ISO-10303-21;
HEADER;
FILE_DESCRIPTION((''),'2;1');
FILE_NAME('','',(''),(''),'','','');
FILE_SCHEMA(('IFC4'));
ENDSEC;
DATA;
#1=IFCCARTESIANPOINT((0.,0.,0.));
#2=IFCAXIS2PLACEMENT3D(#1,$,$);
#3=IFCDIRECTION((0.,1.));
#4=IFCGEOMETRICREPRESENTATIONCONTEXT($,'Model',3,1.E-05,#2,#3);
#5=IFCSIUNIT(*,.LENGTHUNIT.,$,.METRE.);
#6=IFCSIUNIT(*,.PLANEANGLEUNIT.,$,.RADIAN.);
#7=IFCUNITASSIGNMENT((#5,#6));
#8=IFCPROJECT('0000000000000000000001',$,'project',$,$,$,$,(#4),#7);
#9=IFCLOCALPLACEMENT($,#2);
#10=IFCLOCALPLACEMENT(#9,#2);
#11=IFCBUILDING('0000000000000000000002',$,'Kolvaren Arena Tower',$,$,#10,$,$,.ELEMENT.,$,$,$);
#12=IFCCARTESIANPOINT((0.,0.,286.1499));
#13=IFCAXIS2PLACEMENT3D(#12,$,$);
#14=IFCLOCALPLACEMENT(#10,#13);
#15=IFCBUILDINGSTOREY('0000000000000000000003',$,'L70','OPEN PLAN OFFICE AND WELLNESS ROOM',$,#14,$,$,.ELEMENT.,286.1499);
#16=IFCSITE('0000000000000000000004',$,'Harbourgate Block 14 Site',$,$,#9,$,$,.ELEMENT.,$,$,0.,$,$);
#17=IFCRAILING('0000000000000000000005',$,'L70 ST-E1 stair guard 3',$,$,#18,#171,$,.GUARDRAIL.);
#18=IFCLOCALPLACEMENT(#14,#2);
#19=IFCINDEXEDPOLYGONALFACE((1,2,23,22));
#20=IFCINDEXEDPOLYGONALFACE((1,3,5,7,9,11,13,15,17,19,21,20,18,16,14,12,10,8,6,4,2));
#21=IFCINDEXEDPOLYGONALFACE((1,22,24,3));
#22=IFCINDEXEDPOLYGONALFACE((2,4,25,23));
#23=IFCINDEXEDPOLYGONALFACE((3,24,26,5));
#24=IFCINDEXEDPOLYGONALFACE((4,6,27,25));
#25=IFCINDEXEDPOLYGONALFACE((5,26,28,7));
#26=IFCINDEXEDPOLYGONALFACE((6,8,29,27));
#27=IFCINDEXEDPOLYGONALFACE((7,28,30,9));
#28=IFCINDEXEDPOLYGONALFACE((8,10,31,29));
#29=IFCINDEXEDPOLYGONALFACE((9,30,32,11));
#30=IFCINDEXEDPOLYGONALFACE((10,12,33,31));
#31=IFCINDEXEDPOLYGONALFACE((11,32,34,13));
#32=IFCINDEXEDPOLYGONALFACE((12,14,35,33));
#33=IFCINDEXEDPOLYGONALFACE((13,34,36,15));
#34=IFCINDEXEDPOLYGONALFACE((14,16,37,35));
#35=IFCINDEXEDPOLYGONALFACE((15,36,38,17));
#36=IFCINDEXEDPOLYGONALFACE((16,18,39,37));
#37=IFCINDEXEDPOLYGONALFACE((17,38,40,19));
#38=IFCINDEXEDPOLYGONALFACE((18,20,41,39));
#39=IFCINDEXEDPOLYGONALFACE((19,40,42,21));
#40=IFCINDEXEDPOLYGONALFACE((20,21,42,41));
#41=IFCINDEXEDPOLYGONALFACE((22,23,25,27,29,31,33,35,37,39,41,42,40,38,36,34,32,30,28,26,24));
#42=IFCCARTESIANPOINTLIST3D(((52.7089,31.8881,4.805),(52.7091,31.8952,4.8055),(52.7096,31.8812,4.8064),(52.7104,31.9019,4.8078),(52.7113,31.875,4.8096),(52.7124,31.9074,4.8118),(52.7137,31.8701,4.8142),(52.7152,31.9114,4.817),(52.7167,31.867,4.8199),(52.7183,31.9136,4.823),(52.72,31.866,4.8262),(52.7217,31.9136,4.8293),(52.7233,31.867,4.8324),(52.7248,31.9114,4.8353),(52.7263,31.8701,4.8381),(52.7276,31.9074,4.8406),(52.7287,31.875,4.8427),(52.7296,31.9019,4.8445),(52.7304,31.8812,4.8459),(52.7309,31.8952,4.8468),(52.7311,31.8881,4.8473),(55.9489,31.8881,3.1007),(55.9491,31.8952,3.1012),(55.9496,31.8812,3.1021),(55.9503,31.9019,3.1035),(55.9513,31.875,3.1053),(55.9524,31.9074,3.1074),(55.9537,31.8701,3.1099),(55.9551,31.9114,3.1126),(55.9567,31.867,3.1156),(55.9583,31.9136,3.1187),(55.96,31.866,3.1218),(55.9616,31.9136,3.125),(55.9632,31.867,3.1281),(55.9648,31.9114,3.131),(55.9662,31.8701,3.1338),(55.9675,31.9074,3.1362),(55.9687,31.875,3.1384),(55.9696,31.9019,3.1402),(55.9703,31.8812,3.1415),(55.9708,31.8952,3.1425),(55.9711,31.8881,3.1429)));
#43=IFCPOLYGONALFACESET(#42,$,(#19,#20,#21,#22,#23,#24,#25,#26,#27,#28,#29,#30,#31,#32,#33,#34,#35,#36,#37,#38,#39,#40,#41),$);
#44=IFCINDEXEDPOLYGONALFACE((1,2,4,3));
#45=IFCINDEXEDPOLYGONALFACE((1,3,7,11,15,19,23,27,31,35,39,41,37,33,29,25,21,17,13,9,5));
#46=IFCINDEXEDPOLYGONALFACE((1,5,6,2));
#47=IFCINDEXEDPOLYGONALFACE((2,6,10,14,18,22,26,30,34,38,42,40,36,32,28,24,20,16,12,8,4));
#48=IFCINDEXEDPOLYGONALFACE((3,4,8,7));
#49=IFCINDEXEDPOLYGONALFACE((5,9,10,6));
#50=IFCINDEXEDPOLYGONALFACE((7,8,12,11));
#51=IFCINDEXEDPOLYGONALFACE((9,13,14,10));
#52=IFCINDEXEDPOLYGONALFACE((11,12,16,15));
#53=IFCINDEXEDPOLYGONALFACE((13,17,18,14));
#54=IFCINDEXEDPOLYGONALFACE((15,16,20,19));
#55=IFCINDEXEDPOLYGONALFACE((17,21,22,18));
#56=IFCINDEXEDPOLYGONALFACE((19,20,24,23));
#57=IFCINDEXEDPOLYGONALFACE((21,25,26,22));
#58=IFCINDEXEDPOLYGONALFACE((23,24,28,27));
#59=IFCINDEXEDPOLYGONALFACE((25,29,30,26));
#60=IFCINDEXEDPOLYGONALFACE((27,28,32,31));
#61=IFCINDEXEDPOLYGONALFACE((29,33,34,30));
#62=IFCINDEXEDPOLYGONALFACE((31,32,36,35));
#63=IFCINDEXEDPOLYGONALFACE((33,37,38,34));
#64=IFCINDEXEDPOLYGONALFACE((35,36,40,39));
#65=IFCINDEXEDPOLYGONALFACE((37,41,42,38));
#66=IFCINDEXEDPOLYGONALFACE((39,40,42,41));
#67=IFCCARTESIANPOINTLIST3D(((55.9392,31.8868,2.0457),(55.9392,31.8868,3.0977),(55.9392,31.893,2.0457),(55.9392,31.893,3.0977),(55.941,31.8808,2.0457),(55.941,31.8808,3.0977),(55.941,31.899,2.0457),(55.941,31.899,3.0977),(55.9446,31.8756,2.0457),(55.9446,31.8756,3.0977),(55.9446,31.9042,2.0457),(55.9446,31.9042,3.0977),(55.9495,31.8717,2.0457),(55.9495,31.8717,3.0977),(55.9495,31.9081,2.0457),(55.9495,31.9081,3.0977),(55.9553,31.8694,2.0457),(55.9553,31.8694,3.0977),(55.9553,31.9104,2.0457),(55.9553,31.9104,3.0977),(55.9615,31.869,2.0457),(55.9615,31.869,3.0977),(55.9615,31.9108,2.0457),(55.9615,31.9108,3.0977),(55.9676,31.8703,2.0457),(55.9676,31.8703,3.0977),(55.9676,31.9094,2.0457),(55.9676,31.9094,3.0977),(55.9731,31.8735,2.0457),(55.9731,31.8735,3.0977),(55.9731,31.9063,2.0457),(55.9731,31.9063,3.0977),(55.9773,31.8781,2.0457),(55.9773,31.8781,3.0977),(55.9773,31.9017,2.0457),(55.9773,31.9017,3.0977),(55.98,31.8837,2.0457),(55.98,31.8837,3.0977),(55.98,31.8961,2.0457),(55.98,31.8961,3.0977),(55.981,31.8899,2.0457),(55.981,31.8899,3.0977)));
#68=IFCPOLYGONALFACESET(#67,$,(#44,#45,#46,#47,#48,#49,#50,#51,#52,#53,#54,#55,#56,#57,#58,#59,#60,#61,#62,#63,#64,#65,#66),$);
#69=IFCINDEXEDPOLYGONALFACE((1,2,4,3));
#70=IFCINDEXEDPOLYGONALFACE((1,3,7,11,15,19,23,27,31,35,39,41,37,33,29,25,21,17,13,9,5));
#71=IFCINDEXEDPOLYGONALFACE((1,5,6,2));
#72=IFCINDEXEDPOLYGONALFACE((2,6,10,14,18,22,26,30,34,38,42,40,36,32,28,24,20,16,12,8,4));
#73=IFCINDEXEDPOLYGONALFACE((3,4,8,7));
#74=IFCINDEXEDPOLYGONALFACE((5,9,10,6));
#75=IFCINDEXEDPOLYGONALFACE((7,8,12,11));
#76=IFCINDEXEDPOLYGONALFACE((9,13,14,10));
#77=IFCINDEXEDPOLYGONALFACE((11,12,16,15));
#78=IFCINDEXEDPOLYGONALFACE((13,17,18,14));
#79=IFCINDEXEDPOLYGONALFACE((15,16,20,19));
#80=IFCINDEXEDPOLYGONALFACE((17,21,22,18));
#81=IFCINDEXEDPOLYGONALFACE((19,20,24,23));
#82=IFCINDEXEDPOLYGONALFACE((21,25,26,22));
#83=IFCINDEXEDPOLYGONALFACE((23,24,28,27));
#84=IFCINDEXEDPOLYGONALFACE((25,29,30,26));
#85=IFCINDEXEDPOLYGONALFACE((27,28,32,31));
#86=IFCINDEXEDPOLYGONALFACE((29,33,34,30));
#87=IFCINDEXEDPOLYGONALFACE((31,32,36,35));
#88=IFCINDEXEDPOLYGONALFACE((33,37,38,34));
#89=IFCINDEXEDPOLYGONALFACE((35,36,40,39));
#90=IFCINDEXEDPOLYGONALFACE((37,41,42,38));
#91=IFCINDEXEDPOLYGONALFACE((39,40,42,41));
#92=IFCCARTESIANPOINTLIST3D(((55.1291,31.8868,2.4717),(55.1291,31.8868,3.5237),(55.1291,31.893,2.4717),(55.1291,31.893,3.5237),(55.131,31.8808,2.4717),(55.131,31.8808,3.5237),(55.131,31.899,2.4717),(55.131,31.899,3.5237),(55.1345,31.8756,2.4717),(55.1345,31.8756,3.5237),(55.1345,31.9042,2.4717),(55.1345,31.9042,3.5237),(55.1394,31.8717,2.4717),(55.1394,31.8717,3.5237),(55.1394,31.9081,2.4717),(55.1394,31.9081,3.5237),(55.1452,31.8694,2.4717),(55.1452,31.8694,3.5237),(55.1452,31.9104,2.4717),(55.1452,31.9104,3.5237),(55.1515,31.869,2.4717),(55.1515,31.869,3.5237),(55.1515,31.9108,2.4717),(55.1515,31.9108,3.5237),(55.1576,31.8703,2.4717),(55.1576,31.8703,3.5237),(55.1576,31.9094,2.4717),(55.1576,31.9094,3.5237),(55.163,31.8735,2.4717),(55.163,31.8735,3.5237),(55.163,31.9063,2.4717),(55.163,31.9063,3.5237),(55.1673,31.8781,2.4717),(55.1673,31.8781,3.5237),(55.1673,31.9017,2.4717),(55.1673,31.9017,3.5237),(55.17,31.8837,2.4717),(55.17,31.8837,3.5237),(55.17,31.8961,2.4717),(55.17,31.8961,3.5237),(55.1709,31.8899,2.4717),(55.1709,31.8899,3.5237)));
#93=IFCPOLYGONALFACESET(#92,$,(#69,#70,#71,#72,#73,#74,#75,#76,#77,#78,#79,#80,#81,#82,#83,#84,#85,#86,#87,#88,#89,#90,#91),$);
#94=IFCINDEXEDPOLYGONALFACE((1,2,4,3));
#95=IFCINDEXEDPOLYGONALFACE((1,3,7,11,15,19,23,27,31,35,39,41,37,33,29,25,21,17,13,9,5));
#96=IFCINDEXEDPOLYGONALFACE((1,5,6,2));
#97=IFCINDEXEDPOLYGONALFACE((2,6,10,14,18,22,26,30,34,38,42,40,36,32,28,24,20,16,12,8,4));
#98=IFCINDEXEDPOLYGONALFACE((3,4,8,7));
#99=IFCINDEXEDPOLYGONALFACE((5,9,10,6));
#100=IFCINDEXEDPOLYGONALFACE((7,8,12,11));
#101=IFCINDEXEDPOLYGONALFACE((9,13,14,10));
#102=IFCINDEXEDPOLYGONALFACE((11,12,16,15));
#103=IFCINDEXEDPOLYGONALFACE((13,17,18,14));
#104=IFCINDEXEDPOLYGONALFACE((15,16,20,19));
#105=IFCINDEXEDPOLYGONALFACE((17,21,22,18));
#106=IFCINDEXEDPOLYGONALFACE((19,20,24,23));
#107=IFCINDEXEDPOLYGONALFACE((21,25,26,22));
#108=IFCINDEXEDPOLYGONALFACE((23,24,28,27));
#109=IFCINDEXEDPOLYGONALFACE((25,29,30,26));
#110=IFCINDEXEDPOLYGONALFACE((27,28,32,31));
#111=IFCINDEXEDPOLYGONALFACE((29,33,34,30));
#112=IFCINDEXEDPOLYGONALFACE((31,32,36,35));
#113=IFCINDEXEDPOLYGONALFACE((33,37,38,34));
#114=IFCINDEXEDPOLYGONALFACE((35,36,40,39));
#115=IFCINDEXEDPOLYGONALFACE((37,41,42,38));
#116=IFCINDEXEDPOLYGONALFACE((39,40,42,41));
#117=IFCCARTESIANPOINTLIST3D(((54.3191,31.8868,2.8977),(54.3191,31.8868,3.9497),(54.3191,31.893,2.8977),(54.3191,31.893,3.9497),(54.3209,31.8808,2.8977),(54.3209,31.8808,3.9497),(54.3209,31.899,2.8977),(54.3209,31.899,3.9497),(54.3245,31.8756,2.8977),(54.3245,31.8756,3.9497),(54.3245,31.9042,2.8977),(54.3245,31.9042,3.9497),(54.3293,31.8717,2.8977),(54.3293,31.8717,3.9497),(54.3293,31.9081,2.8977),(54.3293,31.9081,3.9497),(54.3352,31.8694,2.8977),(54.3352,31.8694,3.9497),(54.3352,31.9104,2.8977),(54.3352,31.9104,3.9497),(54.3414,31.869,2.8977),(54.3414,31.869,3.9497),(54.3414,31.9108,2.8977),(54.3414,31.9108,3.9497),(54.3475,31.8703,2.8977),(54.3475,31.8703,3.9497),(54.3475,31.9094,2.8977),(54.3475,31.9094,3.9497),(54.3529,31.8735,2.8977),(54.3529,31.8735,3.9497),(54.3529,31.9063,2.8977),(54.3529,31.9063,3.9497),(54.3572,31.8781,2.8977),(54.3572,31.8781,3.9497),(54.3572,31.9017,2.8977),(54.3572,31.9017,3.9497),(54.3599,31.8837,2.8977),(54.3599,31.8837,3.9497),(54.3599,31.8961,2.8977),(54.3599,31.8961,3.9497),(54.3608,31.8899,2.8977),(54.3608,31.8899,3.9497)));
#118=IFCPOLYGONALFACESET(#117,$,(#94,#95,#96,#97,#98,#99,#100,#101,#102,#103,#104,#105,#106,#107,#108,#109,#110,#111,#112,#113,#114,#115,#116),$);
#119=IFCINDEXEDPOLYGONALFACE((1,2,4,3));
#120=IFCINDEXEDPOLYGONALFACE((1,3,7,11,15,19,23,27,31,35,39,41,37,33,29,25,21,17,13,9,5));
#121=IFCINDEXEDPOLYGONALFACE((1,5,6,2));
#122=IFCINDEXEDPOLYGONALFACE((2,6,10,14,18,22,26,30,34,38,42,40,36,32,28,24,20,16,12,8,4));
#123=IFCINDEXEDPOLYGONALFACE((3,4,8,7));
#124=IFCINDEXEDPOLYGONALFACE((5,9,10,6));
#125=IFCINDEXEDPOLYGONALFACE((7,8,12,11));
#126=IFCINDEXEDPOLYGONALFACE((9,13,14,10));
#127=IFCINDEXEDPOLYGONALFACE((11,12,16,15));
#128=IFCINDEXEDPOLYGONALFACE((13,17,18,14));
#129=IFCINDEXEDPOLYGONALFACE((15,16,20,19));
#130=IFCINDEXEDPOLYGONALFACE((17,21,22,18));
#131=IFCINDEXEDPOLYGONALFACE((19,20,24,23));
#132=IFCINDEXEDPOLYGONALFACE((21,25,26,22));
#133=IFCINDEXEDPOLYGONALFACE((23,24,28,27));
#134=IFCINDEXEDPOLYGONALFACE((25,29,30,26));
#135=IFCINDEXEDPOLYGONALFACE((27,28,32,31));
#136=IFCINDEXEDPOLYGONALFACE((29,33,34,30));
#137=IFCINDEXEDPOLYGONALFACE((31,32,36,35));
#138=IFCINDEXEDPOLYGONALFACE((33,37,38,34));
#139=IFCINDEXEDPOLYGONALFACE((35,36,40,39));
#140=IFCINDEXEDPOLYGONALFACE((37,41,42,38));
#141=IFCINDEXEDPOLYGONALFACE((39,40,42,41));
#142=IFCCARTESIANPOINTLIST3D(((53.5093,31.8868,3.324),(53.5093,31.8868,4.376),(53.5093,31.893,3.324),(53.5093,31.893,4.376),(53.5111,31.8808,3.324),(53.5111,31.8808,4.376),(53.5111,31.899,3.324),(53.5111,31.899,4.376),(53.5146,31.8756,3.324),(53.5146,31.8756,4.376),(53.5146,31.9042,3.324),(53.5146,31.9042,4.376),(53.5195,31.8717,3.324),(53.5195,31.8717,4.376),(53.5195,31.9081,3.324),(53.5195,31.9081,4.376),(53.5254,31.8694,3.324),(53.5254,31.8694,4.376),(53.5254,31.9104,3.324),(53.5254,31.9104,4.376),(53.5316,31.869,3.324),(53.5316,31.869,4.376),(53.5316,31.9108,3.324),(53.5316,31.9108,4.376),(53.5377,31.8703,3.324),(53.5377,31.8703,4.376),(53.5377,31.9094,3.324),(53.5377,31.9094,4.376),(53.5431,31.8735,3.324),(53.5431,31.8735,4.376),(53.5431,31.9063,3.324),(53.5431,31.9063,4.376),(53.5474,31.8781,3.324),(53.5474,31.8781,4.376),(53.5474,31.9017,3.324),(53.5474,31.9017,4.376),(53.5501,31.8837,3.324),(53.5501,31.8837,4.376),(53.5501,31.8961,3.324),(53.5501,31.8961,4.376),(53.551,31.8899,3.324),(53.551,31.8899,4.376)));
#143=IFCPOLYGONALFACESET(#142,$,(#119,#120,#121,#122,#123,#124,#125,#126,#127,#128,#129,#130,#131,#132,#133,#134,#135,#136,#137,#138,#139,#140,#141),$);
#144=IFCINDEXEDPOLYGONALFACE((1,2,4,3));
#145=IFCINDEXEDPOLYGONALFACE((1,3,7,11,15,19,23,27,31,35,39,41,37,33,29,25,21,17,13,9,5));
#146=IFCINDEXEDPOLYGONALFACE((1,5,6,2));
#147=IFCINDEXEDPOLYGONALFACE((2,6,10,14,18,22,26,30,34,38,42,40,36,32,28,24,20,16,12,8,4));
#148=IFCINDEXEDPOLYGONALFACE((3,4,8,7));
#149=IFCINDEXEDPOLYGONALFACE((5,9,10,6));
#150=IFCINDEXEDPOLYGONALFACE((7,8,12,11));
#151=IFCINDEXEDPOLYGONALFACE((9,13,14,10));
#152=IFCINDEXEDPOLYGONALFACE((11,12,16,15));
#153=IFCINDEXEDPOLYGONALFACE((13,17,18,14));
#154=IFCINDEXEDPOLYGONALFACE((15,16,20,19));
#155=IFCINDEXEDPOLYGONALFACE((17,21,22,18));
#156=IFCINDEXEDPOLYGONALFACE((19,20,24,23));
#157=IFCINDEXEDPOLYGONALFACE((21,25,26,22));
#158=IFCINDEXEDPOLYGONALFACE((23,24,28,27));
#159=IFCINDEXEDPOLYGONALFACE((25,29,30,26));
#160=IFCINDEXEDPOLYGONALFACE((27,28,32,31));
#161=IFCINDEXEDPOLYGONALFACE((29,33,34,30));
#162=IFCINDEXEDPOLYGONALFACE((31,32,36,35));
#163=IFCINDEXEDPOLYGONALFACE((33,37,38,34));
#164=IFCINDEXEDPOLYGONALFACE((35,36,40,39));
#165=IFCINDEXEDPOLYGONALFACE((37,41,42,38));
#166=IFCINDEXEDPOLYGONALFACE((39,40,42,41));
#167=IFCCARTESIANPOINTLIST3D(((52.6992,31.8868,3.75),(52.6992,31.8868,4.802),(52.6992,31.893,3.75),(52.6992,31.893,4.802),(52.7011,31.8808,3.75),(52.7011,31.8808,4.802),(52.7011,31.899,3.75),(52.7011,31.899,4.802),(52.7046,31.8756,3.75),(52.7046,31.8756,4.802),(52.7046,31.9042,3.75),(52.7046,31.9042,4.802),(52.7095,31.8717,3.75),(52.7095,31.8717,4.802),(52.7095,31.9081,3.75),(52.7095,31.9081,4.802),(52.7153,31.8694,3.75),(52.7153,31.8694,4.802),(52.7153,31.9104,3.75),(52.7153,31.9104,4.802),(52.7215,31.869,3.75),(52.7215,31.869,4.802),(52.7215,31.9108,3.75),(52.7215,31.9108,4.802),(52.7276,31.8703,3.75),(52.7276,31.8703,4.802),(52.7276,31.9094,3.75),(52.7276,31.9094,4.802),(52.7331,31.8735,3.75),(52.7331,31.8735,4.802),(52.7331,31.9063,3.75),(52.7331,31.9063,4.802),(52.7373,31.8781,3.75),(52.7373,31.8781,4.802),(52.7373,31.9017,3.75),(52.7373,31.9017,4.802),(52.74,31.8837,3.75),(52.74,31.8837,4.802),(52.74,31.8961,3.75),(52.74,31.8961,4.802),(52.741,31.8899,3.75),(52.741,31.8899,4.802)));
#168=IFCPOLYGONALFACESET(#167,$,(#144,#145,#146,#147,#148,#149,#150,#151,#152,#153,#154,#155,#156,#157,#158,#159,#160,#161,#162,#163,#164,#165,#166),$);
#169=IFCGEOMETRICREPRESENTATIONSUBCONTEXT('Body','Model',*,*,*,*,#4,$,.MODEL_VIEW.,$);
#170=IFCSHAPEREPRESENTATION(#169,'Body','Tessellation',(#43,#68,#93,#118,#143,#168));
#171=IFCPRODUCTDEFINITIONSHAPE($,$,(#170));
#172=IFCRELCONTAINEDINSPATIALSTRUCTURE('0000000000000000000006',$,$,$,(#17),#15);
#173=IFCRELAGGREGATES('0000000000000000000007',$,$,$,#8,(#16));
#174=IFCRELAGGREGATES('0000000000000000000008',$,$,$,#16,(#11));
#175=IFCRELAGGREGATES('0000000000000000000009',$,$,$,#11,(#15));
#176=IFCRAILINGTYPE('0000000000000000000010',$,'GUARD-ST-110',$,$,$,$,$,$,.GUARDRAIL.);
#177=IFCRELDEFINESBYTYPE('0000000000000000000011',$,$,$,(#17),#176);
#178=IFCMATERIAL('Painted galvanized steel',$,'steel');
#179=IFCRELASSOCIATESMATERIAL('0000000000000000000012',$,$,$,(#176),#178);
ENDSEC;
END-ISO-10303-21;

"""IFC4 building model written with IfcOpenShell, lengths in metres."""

from ifc_helpers import new_model, si_unit, direction, frame, origin, origin_2d, place, context, subcontext, project, spatial, circle, extrude, material, type_object, element, save


model = new_model("IFC4")

# Units and contexts
model_context = context("Model", 3, precision=1e-05, world=origin(), true_north=direction((0.0, 1.0)))
body_context = subcontext(model_context, "Body", "Model", "MODEL_VIEW")
ifc_project = project(units=[si_unit("LENGTHUNIT", "METRE"), si_unit("PLANEANGLEUNIT", "RADIAN")], contexts=[model_context])

# Site, building, storey
site_placement = place(None, origin())
site = spatial("IfcSite", under=ifc_project, at=site_placement, Name="Harbourgate Block 14 Site", CompositionType="ELEMENT", RefElevation=0.0)
building_placement = place(site_placement, origin())
building = spatial("IfcBuilding", under=site, at=building_placement, Name="Kolvaren Arena Tower", CompositionType="ELEMENT")
storey_placement = place(building_placement, frame((0.0, 0.0, 286.1499)))
storey = spatial("IfcBuildingStorey", under=building, at=storey_placement, Name="L70", Description="OPEN PLAN OFFICE AND WELLNESS ROOM", CompositionType="ELEMENT", Elevation=286.1499)

# Railing
ifc_material_1 = material(Name="Painted galvanized steel", Category="steel")
railing_type_1 = type_object("IfcRailingType", Name="GUARD-ST-110", PredefinedType="GUARDRAIL", material=ifc_material_1)
railing_1_placement = place(storey_placement, frame((55.96, 31.8899, 2.0457)))
element("IfcRailing", 1, at=railing_1_placement, inside=storey, type_object=railing_type_1, Name="L70 ST-E1 stair guard 3", PredefinedType="GUARDRAIL", context=body_context, shape_type="SweptSolid", body=[
    extrude(circle(Radius=0.0239, at=origin_2d()), frame((0.0, 0.0, 1.0762), z_axis=(-0.885021, 0.0, 0.465551), x_axis=(0.0, -1.0, 0.0)), (0.0, 0.0, 1.0), 3.6609),
    extrude(circle(Radius=0.021, at=origin_2d()), origin(), (0.0, 0.0, 1.0), 1.052),
    extrude(circle(Radius=0.021, at=origin_2d()), frame((-0.8101, 0.0, 0.426)), (0.0, 0.0, 1.0), 1.052),
    extrude(circle(Radius=0.021, at=origin_2d()), frame((-1.6201, 0.0, 0.8521)), (0.0, 0.0, 1.0), 1.052),
    extrude(circle(Radius=0.021, at=origin_2d()), frame((-2.4299, 0.0, 1.2783)), (0.0, 0.0, 1.0), 1.052),
    extrude(circle(Radius=0.021, at=origin_2d()), frame((-3.24, 0.0, 1.7043)), (0.0, 0.0, 1.0), 1.052),
])

save(model, "model.ifc")
